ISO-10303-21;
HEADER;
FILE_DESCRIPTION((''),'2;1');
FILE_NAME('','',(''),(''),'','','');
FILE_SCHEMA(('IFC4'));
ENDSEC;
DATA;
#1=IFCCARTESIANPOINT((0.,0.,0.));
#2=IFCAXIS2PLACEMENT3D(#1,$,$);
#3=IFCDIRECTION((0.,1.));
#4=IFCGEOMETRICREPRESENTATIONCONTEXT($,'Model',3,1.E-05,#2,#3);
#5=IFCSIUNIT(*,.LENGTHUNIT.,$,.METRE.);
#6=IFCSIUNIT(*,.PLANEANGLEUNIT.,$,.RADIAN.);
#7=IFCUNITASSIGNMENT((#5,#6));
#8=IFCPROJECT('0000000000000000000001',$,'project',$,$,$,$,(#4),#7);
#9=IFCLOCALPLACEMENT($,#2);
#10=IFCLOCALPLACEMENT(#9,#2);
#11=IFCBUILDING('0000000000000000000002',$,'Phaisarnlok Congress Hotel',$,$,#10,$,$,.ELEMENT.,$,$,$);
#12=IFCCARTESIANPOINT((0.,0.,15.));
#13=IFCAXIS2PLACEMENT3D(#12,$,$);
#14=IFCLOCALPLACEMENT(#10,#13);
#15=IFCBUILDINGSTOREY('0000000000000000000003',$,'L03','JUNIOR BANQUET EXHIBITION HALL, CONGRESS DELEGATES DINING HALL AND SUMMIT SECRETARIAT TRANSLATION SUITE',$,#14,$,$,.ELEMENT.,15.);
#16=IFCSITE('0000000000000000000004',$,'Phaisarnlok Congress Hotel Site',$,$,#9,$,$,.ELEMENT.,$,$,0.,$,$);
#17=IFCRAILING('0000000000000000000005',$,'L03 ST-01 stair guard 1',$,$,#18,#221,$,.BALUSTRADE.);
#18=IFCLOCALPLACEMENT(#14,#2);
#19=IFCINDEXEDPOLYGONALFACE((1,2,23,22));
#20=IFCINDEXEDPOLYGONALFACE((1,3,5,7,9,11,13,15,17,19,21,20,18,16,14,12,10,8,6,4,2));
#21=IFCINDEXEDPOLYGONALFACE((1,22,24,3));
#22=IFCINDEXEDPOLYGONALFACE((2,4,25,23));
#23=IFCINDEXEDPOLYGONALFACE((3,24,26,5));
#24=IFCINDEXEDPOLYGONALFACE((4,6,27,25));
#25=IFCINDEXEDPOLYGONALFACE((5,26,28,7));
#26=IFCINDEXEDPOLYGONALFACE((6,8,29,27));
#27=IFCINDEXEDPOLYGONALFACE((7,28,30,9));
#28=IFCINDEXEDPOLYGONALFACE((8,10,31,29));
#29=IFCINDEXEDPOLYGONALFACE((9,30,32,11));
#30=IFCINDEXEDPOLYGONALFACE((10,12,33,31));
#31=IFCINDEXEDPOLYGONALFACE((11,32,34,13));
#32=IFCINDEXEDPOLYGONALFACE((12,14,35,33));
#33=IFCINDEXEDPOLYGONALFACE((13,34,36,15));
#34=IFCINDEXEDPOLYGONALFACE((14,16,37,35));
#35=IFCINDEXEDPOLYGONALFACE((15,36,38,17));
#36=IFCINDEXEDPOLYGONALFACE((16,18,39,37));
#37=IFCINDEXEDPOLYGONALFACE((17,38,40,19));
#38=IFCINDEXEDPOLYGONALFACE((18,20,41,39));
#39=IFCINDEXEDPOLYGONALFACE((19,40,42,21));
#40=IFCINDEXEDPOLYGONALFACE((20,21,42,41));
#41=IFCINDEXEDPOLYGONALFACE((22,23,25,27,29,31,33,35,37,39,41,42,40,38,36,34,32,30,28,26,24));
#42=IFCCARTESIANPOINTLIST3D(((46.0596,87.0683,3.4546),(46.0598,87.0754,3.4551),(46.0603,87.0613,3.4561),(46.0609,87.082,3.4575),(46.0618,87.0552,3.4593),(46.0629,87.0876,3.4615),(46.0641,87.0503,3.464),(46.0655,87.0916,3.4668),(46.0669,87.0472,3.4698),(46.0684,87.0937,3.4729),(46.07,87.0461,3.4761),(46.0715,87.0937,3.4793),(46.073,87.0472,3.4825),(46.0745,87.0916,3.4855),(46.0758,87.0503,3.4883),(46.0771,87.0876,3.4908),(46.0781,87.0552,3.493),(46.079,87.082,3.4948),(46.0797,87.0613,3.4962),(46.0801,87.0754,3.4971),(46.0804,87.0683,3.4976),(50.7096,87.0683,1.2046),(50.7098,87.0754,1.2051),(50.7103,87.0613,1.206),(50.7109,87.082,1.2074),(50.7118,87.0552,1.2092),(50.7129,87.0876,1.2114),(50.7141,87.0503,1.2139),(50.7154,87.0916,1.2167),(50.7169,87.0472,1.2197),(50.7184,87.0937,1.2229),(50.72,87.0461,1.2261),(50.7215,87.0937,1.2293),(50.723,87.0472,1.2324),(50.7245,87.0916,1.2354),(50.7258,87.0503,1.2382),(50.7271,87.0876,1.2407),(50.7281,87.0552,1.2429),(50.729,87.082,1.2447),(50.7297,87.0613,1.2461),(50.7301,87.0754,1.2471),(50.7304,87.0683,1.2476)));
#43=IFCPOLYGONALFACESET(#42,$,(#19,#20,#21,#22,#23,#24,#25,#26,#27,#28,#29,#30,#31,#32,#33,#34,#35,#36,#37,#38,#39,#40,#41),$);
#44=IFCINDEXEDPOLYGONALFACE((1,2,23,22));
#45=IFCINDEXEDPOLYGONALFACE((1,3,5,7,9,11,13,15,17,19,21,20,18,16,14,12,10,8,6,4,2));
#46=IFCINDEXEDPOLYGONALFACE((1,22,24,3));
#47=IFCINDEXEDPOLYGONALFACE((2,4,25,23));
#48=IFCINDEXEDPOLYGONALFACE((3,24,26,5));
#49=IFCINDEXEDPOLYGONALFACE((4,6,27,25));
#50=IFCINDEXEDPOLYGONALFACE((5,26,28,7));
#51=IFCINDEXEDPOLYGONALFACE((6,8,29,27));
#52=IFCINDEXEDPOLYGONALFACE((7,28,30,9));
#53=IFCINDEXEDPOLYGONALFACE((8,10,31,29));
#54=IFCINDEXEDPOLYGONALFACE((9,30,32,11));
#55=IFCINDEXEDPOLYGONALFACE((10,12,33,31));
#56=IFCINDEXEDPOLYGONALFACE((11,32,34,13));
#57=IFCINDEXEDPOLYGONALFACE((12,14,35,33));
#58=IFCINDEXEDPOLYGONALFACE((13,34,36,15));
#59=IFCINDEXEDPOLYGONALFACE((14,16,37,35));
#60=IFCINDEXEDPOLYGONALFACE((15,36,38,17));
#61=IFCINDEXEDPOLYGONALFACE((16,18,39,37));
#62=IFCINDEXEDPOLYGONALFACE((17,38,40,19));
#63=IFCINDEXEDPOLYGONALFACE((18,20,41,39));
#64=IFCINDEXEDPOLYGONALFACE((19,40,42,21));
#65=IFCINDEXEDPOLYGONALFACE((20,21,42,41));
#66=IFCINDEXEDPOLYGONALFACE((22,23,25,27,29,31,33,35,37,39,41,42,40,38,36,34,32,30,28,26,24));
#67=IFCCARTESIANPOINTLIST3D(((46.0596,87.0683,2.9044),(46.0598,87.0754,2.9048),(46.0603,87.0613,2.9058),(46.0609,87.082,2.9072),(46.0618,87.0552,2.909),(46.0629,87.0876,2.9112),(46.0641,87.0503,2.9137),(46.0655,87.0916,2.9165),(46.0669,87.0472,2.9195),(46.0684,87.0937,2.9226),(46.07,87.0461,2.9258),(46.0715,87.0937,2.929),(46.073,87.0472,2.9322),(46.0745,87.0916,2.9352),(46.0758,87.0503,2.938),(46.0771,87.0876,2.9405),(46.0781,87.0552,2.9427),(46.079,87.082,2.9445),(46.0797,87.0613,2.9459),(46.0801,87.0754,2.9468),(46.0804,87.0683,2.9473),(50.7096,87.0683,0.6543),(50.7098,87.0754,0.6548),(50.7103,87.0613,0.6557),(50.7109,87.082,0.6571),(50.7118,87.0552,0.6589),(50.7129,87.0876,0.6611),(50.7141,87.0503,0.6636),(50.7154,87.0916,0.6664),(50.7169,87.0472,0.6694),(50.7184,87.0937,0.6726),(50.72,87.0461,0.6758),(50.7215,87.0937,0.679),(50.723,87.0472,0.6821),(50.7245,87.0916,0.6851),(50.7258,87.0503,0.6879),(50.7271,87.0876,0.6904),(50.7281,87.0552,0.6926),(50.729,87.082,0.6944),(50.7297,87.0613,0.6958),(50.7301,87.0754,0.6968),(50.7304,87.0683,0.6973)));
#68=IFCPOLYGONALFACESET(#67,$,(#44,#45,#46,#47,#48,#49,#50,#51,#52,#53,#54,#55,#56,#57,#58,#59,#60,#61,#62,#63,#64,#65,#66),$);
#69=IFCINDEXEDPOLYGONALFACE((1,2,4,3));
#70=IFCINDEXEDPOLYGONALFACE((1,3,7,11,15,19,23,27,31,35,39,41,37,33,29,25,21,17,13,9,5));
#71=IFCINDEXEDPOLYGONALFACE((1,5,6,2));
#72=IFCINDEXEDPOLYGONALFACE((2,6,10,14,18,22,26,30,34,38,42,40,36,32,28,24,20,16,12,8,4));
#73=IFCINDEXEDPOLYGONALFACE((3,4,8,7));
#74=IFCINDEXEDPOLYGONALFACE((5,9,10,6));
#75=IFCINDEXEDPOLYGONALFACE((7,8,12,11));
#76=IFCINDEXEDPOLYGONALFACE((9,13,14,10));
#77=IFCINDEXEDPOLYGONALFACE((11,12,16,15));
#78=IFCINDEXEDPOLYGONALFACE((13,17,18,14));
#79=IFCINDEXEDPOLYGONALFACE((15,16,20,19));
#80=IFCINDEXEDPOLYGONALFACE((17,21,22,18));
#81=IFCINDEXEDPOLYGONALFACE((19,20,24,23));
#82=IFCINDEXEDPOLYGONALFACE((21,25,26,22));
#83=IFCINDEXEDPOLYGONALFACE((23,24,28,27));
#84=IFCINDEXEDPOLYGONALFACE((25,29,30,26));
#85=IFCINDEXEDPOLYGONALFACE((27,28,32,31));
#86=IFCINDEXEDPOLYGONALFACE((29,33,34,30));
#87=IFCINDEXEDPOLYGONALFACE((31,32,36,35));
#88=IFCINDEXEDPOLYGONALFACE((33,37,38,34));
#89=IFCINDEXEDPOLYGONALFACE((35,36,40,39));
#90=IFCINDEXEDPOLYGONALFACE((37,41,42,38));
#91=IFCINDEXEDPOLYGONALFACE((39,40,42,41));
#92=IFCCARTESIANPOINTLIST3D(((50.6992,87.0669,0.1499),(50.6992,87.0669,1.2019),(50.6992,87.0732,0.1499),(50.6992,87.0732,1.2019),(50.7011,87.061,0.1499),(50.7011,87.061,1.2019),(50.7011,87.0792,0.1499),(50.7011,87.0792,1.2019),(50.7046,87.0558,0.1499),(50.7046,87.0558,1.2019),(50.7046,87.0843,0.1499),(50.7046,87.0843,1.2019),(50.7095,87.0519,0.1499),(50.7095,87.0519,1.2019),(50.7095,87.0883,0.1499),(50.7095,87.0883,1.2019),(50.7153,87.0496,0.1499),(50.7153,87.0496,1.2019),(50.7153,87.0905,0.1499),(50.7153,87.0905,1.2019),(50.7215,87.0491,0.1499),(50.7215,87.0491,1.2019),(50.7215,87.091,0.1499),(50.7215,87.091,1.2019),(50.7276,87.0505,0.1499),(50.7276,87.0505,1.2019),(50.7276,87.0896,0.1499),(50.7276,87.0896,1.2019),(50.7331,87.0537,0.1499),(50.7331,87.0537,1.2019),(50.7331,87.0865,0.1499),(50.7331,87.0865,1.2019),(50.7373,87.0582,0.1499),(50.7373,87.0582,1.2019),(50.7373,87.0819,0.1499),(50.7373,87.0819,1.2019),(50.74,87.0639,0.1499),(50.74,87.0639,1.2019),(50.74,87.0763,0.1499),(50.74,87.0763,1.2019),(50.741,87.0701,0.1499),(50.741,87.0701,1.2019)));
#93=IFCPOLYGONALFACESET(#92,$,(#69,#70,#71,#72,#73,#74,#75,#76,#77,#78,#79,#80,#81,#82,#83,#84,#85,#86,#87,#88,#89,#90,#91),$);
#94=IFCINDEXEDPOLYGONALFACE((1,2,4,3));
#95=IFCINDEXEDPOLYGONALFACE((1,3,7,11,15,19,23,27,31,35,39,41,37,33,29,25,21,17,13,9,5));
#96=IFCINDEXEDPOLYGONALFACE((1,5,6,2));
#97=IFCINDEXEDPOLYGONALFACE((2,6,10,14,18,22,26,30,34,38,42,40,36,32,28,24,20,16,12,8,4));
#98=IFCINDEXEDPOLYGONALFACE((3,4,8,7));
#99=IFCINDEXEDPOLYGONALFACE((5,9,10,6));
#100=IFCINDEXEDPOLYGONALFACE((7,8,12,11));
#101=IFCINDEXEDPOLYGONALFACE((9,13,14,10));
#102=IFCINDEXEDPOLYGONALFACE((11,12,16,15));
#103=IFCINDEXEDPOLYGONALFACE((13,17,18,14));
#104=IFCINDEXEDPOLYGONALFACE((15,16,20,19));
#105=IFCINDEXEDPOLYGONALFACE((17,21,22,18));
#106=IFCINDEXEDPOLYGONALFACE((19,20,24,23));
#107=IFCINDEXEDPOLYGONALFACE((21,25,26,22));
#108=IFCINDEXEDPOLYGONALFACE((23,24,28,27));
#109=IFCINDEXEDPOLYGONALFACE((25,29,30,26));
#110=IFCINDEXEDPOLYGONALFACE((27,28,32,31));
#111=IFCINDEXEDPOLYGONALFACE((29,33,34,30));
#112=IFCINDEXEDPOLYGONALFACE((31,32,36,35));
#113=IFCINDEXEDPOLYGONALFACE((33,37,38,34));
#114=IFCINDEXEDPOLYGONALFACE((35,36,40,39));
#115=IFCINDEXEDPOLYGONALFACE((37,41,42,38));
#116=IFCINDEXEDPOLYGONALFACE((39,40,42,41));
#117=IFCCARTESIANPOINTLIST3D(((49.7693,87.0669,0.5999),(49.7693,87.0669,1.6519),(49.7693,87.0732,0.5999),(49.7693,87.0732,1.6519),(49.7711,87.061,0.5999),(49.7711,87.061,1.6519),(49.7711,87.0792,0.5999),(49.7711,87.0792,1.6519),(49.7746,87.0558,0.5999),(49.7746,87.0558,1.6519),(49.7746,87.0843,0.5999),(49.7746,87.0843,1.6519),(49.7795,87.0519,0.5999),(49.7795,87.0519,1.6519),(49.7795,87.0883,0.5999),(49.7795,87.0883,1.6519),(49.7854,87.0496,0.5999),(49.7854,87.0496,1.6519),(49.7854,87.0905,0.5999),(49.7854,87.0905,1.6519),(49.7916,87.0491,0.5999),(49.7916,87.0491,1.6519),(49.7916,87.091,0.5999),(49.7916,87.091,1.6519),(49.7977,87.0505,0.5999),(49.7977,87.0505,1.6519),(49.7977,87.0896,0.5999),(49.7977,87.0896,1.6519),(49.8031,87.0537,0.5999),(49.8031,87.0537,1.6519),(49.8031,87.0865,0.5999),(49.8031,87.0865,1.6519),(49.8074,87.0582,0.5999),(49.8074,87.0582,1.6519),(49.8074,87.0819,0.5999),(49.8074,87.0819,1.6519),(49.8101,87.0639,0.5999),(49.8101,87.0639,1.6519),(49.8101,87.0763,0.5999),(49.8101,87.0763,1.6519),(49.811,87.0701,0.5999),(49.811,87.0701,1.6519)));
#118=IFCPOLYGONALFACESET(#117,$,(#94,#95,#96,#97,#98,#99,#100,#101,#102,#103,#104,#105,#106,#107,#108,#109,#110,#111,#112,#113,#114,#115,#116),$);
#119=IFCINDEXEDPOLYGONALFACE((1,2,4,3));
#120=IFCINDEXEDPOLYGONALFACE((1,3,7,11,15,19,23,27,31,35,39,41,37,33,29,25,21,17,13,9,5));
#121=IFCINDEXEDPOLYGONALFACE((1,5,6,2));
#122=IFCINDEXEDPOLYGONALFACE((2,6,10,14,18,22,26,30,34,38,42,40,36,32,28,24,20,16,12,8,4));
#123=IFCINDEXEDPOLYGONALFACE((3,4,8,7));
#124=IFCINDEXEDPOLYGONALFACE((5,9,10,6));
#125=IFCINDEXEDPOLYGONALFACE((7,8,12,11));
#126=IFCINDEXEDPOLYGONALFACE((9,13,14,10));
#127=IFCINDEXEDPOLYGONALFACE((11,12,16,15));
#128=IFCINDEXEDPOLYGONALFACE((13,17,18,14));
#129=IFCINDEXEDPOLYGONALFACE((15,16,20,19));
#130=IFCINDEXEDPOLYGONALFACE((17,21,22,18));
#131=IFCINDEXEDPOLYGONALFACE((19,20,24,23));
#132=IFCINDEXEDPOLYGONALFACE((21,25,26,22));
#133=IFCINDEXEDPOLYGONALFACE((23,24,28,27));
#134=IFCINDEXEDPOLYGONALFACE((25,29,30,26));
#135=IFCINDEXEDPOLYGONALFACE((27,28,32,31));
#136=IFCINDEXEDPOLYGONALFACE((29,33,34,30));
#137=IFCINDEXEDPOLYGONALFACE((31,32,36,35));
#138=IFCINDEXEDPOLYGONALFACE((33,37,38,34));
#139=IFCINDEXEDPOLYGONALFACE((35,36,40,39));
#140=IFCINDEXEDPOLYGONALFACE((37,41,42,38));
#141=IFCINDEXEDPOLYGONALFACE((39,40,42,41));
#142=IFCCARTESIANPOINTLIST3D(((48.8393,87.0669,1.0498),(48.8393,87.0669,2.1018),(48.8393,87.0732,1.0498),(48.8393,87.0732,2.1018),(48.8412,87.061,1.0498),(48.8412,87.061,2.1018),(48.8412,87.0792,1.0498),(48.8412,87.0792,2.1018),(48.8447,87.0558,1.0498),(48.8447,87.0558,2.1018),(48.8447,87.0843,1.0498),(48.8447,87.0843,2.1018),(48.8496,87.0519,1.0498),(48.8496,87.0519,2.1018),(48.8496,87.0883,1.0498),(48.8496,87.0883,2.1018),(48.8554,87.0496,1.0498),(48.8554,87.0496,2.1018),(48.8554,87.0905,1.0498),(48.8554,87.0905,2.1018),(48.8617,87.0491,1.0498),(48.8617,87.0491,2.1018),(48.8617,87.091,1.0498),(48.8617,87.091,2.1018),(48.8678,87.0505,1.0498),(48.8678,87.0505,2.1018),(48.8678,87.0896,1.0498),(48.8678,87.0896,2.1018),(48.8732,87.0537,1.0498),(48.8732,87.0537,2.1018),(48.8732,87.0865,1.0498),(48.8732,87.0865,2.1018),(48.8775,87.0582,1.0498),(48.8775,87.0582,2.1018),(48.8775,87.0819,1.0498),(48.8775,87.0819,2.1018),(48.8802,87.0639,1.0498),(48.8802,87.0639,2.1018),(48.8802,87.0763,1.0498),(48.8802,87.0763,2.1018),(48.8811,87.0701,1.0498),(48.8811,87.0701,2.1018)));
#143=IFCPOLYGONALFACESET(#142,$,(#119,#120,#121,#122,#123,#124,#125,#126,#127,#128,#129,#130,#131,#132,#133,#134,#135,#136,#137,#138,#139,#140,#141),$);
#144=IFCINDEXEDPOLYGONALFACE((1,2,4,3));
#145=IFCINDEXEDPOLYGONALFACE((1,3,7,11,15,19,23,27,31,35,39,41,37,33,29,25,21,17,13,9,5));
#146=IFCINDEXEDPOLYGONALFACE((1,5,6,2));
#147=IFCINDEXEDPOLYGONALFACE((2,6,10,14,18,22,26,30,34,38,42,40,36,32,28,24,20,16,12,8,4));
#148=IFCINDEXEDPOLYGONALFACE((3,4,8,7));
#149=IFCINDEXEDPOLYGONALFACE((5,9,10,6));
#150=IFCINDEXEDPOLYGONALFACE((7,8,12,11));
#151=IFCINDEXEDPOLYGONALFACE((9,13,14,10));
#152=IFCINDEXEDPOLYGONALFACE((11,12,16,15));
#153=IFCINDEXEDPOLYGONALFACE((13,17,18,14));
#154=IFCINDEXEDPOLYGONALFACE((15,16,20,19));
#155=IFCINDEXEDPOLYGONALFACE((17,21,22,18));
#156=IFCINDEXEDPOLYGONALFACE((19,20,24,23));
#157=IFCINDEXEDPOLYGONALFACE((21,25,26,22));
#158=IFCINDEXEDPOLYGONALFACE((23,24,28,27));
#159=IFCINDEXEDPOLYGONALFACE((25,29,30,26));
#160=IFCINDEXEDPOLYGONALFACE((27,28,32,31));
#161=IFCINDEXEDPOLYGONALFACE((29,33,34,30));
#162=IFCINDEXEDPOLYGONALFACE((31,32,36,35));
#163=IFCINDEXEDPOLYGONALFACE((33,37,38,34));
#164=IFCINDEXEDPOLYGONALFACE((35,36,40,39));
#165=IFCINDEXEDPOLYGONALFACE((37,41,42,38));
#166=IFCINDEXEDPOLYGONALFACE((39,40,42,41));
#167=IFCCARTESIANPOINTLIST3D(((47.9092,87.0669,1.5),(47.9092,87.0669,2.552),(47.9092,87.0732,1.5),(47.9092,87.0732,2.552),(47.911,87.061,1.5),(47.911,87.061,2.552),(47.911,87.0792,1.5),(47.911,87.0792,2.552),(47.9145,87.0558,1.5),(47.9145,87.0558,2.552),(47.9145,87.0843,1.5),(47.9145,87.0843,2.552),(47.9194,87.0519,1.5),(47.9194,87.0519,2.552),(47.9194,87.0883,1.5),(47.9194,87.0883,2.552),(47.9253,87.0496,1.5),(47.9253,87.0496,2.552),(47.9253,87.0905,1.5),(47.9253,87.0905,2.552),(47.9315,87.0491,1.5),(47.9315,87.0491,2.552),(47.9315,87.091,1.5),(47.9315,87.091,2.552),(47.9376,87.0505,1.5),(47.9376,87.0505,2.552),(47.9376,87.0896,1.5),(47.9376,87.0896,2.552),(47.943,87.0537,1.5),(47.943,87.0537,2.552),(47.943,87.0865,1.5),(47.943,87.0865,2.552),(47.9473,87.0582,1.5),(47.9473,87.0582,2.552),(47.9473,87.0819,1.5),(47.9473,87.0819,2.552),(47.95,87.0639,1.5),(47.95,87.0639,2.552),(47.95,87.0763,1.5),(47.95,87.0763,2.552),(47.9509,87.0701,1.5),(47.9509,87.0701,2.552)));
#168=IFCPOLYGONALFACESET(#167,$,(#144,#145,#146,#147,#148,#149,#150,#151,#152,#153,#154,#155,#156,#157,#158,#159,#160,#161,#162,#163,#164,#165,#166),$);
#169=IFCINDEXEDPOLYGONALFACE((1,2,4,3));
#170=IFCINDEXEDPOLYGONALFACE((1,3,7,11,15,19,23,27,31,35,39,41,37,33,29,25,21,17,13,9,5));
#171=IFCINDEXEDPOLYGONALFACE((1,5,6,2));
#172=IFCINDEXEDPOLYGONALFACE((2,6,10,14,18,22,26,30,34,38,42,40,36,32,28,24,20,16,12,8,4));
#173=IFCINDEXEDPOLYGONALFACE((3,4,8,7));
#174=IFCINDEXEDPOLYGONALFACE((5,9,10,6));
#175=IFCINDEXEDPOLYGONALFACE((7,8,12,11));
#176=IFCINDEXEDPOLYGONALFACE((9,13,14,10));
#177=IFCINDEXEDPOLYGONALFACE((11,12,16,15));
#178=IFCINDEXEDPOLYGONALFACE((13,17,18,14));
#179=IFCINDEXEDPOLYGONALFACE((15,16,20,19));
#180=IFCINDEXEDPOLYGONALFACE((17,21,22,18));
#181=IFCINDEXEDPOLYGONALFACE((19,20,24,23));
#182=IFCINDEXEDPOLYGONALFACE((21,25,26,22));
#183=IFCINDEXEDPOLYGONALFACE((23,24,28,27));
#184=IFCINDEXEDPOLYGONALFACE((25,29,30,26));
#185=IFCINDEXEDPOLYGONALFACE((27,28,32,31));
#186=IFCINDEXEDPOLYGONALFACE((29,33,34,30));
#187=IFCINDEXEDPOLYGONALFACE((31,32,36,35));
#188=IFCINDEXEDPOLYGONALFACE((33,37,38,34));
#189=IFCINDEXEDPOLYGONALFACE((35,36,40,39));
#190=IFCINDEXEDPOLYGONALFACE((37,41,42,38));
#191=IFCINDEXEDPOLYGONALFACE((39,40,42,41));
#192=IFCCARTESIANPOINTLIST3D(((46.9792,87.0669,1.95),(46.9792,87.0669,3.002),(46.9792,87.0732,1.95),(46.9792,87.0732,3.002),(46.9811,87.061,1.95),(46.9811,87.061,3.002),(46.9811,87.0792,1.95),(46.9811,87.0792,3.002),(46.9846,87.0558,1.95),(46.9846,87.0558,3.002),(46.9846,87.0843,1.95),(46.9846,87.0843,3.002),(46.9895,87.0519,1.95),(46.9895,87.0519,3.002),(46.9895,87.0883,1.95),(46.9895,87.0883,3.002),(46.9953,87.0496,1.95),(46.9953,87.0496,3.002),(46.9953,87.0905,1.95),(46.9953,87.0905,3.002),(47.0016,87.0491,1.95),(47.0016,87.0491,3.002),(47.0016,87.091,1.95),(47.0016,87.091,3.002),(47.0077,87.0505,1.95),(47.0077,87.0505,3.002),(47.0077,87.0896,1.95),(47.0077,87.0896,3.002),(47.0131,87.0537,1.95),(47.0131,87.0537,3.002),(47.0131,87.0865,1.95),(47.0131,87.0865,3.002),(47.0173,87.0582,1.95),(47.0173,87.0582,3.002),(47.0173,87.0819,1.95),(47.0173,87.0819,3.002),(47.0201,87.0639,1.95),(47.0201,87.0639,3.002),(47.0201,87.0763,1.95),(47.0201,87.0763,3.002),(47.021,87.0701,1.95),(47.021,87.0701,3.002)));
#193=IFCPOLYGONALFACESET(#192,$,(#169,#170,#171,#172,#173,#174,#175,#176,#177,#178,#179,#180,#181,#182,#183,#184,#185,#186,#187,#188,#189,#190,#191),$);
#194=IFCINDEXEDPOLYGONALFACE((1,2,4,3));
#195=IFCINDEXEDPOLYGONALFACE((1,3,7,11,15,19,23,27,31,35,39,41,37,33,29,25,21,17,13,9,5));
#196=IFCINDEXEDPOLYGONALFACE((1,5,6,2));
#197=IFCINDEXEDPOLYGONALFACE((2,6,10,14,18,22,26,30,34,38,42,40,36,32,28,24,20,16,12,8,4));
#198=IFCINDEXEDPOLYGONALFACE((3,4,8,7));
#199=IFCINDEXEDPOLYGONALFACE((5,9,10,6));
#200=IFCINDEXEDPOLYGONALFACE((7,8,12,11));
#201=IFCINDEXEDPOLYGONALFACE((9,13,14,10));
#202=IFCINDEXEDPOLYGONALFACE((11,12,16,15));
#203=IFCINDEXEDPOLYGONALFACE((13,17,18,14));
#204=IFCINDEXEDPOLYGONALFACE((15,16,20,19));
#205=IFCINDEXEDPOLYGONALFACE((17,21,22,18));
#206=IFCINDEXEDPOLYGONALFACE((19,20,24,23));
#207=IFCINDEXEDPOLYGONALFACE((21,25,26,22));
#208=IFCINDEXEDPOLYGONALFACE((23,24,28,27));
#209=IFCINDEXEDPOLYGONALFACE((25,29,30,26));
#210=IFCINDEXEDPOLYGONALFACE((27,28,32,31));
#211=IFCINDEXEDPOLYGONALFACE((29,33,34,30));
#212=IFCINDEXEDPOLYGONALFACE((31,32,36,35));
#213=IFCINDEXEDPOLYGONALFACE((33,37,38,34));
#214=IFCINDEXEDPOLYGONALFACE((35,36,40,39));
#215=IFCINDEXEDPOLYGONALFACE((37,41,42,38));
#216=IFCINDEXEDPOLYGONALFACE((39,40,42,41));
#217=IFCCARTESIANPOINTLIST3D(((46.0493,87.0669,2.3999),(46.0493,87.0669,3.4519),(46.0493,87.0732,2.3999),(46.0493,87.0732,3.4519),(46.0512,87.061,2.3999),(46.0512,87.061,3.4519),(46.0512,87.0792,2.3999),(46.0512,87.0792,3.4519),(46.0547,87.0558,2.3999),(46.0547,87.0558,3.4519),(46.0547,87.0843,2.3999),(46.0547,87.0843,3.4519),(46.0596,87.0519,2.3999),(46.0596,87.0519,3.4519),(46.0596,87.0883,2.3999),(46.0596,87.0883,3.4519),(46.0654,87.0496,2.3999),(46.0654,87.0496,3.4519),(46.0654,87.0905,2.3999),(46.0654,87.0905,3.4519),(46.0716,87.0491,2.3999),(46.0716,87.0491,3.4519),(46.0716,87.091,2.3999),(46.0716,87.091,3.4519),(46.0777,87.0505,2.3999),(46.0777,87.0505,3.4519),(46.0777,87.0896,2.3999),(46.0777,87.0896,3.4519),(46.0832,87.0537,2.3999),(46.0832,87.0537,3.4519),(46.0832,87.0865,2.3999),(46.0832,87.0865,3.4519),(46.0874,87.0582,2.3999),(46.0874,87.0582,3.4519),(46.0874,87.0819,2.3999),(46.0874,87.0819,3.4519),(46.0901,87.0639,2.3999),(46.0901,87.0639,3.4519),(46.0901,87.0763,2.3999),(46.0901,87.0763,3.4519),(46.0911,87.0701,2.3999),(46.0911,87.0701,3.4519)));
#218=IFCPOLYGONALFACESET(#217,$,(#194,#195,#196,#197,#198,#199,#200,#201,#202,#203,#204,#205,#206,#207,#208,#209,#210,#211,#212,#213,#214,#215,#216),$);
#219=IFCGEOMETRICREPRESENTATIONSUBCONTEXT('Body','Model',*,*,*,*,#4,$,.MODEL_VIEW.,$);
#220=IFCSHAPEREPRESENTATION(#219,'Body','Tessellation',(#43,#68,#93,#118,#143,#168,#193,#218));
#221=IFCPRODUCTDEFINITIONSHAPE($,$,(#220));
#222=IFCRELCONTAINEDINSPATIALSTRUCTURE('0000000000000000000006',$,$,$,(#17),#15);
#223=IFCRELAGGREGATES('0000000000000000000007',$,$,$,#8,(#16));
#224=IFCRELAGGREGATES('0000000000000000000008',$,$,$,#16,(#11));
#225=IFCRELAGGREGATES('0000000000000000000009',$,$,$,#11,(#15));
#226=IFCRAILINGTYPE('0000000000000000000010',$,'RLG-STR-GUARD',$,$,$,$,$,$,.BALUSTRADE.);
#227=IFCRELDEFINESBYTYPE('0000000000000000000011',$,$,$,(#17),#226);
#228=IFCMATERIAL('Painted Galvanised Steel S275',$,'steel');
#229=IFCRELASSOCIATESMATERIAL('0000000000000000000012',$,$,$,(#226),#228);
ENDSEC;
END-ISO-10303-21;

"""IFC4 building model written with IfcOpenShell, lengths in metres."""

from ifc_helpers import new_model, si_unit, direction, frame, origin, origin_2d, place, context, subcontext, project, spatial, circle, extrude, material, type_object, element, save


model = new_model("IFC4")

# Units and contexts
model_context = context("Model", 3, precision=1e-05, world=origin(), true_north=direction((0.0, 1.0)))
body_context = subcontext(model_context, "Body", "Model", "MODEL_VIEW")
ifc_project = project(units=[si_unit("LENGTHUNIT", "METRE"), si_unit("PLANEANGLEUNIT", "RADIAN")], contexts=[model_context])

# Site, building, storey
site_placement = place(None, origin())
site = spatial("IfcSite", under=ifc_project, at=site_placement, Name="Phaisarnlok Congress Hotel Site", CompositionType="ELEMENT", RefElevation=0.0)
building_placement = place(site_placement, origin())
building = spatial("IfcBuilding", under=site, at=building_placement, Name="Phaisarnlok Congress Hotel", CompositionType="ELEMENT")
storey_placement = place(building_placement, frame((0.0, 0.0, 15.0)))
storey = spatial("IfcBuildingStorey", under=building, at=storey_placement, Name="L03", Description="JUNIOR BANQUET EXHIBITION HALL, CONGRESS DELEGATES DINING HALL AND SUMMIT SECRETARIAT TRANSLATION SUITE", CompositionType="ELEMENT", Elevation=15.0)

# Railing
ifc_material_1 = material(Name="Painted Galvanised Steel S275", Category="steel")
railing_type_1 = type_object("IfcRailingType", Name="RLG-STR-GUARD", PredefinedType="BALUSTRADE", material=ifc_material_1)
railing_1_placement = place(storey_placement, frame((50.72, 87.0701, 0.1499)))
element("IfcRailing", 1, at=railing_1_placement, inside=storey, type_object=railing_type_1, Name="L03 ST-01 stair guard 1", PredefinedType="BALUSTRADE", context=body_context, shape_type="SweptSolid", body=[
    extrude(circle(Radius=0.0239, at=origin_2d()), frame((0.0, 0.0, 1.0762), z_axis=(-0.900156, 0.0, 0.435568), x_axis=(0.0, -1.0, 0.0)), (0.0, 0.0, 1.0), 5.1658),
    extrude(circle(Radius=0.0239, at=origin_2d()), frame((0.0, 0.0, 0.5259), z_axis=(-0.900156, 0.0, 0.435568), x_axis=(0.0, -1.0, 0.0)), (0.0, 0.0, 1.0), 5.1658),
    extrude(circle(Radius=0.021, at=origin_2d()), origin(), (0.0, 0.0, 1.0), 1.052),
    extrude(circle(Radius=0.021, at=origin_2d()), frame((-0.9299, 0.0, 0.45)), (0.0, 0.0, 1.0), 1.052),
    extrude(circle(Radius=0.021, at=origin_2d()), frame((-1.8599, 0.0, 0.8999)), (0.0, 0.0, 1.0), 1.052),
    extrude(circle(Radius=0.021, at=origin_2d()), frame((-2.79, 0.0, 1.3501)), (0.0, 0.0, 1.0), 1.052),
    extrude(circle(Radius=0.021, at=origin_2d()), frame((-3.72, 0.0, 1.8)), (0.0, 0.0, 1.0), 1.052),
    extrude(circle(Radius=0.021, at=origin_2d()), frame((-4.6499, 0.0, 2.25)), (0.0, 0.0, 1.0), 1.052),
])

save(model, "model.ifc")
